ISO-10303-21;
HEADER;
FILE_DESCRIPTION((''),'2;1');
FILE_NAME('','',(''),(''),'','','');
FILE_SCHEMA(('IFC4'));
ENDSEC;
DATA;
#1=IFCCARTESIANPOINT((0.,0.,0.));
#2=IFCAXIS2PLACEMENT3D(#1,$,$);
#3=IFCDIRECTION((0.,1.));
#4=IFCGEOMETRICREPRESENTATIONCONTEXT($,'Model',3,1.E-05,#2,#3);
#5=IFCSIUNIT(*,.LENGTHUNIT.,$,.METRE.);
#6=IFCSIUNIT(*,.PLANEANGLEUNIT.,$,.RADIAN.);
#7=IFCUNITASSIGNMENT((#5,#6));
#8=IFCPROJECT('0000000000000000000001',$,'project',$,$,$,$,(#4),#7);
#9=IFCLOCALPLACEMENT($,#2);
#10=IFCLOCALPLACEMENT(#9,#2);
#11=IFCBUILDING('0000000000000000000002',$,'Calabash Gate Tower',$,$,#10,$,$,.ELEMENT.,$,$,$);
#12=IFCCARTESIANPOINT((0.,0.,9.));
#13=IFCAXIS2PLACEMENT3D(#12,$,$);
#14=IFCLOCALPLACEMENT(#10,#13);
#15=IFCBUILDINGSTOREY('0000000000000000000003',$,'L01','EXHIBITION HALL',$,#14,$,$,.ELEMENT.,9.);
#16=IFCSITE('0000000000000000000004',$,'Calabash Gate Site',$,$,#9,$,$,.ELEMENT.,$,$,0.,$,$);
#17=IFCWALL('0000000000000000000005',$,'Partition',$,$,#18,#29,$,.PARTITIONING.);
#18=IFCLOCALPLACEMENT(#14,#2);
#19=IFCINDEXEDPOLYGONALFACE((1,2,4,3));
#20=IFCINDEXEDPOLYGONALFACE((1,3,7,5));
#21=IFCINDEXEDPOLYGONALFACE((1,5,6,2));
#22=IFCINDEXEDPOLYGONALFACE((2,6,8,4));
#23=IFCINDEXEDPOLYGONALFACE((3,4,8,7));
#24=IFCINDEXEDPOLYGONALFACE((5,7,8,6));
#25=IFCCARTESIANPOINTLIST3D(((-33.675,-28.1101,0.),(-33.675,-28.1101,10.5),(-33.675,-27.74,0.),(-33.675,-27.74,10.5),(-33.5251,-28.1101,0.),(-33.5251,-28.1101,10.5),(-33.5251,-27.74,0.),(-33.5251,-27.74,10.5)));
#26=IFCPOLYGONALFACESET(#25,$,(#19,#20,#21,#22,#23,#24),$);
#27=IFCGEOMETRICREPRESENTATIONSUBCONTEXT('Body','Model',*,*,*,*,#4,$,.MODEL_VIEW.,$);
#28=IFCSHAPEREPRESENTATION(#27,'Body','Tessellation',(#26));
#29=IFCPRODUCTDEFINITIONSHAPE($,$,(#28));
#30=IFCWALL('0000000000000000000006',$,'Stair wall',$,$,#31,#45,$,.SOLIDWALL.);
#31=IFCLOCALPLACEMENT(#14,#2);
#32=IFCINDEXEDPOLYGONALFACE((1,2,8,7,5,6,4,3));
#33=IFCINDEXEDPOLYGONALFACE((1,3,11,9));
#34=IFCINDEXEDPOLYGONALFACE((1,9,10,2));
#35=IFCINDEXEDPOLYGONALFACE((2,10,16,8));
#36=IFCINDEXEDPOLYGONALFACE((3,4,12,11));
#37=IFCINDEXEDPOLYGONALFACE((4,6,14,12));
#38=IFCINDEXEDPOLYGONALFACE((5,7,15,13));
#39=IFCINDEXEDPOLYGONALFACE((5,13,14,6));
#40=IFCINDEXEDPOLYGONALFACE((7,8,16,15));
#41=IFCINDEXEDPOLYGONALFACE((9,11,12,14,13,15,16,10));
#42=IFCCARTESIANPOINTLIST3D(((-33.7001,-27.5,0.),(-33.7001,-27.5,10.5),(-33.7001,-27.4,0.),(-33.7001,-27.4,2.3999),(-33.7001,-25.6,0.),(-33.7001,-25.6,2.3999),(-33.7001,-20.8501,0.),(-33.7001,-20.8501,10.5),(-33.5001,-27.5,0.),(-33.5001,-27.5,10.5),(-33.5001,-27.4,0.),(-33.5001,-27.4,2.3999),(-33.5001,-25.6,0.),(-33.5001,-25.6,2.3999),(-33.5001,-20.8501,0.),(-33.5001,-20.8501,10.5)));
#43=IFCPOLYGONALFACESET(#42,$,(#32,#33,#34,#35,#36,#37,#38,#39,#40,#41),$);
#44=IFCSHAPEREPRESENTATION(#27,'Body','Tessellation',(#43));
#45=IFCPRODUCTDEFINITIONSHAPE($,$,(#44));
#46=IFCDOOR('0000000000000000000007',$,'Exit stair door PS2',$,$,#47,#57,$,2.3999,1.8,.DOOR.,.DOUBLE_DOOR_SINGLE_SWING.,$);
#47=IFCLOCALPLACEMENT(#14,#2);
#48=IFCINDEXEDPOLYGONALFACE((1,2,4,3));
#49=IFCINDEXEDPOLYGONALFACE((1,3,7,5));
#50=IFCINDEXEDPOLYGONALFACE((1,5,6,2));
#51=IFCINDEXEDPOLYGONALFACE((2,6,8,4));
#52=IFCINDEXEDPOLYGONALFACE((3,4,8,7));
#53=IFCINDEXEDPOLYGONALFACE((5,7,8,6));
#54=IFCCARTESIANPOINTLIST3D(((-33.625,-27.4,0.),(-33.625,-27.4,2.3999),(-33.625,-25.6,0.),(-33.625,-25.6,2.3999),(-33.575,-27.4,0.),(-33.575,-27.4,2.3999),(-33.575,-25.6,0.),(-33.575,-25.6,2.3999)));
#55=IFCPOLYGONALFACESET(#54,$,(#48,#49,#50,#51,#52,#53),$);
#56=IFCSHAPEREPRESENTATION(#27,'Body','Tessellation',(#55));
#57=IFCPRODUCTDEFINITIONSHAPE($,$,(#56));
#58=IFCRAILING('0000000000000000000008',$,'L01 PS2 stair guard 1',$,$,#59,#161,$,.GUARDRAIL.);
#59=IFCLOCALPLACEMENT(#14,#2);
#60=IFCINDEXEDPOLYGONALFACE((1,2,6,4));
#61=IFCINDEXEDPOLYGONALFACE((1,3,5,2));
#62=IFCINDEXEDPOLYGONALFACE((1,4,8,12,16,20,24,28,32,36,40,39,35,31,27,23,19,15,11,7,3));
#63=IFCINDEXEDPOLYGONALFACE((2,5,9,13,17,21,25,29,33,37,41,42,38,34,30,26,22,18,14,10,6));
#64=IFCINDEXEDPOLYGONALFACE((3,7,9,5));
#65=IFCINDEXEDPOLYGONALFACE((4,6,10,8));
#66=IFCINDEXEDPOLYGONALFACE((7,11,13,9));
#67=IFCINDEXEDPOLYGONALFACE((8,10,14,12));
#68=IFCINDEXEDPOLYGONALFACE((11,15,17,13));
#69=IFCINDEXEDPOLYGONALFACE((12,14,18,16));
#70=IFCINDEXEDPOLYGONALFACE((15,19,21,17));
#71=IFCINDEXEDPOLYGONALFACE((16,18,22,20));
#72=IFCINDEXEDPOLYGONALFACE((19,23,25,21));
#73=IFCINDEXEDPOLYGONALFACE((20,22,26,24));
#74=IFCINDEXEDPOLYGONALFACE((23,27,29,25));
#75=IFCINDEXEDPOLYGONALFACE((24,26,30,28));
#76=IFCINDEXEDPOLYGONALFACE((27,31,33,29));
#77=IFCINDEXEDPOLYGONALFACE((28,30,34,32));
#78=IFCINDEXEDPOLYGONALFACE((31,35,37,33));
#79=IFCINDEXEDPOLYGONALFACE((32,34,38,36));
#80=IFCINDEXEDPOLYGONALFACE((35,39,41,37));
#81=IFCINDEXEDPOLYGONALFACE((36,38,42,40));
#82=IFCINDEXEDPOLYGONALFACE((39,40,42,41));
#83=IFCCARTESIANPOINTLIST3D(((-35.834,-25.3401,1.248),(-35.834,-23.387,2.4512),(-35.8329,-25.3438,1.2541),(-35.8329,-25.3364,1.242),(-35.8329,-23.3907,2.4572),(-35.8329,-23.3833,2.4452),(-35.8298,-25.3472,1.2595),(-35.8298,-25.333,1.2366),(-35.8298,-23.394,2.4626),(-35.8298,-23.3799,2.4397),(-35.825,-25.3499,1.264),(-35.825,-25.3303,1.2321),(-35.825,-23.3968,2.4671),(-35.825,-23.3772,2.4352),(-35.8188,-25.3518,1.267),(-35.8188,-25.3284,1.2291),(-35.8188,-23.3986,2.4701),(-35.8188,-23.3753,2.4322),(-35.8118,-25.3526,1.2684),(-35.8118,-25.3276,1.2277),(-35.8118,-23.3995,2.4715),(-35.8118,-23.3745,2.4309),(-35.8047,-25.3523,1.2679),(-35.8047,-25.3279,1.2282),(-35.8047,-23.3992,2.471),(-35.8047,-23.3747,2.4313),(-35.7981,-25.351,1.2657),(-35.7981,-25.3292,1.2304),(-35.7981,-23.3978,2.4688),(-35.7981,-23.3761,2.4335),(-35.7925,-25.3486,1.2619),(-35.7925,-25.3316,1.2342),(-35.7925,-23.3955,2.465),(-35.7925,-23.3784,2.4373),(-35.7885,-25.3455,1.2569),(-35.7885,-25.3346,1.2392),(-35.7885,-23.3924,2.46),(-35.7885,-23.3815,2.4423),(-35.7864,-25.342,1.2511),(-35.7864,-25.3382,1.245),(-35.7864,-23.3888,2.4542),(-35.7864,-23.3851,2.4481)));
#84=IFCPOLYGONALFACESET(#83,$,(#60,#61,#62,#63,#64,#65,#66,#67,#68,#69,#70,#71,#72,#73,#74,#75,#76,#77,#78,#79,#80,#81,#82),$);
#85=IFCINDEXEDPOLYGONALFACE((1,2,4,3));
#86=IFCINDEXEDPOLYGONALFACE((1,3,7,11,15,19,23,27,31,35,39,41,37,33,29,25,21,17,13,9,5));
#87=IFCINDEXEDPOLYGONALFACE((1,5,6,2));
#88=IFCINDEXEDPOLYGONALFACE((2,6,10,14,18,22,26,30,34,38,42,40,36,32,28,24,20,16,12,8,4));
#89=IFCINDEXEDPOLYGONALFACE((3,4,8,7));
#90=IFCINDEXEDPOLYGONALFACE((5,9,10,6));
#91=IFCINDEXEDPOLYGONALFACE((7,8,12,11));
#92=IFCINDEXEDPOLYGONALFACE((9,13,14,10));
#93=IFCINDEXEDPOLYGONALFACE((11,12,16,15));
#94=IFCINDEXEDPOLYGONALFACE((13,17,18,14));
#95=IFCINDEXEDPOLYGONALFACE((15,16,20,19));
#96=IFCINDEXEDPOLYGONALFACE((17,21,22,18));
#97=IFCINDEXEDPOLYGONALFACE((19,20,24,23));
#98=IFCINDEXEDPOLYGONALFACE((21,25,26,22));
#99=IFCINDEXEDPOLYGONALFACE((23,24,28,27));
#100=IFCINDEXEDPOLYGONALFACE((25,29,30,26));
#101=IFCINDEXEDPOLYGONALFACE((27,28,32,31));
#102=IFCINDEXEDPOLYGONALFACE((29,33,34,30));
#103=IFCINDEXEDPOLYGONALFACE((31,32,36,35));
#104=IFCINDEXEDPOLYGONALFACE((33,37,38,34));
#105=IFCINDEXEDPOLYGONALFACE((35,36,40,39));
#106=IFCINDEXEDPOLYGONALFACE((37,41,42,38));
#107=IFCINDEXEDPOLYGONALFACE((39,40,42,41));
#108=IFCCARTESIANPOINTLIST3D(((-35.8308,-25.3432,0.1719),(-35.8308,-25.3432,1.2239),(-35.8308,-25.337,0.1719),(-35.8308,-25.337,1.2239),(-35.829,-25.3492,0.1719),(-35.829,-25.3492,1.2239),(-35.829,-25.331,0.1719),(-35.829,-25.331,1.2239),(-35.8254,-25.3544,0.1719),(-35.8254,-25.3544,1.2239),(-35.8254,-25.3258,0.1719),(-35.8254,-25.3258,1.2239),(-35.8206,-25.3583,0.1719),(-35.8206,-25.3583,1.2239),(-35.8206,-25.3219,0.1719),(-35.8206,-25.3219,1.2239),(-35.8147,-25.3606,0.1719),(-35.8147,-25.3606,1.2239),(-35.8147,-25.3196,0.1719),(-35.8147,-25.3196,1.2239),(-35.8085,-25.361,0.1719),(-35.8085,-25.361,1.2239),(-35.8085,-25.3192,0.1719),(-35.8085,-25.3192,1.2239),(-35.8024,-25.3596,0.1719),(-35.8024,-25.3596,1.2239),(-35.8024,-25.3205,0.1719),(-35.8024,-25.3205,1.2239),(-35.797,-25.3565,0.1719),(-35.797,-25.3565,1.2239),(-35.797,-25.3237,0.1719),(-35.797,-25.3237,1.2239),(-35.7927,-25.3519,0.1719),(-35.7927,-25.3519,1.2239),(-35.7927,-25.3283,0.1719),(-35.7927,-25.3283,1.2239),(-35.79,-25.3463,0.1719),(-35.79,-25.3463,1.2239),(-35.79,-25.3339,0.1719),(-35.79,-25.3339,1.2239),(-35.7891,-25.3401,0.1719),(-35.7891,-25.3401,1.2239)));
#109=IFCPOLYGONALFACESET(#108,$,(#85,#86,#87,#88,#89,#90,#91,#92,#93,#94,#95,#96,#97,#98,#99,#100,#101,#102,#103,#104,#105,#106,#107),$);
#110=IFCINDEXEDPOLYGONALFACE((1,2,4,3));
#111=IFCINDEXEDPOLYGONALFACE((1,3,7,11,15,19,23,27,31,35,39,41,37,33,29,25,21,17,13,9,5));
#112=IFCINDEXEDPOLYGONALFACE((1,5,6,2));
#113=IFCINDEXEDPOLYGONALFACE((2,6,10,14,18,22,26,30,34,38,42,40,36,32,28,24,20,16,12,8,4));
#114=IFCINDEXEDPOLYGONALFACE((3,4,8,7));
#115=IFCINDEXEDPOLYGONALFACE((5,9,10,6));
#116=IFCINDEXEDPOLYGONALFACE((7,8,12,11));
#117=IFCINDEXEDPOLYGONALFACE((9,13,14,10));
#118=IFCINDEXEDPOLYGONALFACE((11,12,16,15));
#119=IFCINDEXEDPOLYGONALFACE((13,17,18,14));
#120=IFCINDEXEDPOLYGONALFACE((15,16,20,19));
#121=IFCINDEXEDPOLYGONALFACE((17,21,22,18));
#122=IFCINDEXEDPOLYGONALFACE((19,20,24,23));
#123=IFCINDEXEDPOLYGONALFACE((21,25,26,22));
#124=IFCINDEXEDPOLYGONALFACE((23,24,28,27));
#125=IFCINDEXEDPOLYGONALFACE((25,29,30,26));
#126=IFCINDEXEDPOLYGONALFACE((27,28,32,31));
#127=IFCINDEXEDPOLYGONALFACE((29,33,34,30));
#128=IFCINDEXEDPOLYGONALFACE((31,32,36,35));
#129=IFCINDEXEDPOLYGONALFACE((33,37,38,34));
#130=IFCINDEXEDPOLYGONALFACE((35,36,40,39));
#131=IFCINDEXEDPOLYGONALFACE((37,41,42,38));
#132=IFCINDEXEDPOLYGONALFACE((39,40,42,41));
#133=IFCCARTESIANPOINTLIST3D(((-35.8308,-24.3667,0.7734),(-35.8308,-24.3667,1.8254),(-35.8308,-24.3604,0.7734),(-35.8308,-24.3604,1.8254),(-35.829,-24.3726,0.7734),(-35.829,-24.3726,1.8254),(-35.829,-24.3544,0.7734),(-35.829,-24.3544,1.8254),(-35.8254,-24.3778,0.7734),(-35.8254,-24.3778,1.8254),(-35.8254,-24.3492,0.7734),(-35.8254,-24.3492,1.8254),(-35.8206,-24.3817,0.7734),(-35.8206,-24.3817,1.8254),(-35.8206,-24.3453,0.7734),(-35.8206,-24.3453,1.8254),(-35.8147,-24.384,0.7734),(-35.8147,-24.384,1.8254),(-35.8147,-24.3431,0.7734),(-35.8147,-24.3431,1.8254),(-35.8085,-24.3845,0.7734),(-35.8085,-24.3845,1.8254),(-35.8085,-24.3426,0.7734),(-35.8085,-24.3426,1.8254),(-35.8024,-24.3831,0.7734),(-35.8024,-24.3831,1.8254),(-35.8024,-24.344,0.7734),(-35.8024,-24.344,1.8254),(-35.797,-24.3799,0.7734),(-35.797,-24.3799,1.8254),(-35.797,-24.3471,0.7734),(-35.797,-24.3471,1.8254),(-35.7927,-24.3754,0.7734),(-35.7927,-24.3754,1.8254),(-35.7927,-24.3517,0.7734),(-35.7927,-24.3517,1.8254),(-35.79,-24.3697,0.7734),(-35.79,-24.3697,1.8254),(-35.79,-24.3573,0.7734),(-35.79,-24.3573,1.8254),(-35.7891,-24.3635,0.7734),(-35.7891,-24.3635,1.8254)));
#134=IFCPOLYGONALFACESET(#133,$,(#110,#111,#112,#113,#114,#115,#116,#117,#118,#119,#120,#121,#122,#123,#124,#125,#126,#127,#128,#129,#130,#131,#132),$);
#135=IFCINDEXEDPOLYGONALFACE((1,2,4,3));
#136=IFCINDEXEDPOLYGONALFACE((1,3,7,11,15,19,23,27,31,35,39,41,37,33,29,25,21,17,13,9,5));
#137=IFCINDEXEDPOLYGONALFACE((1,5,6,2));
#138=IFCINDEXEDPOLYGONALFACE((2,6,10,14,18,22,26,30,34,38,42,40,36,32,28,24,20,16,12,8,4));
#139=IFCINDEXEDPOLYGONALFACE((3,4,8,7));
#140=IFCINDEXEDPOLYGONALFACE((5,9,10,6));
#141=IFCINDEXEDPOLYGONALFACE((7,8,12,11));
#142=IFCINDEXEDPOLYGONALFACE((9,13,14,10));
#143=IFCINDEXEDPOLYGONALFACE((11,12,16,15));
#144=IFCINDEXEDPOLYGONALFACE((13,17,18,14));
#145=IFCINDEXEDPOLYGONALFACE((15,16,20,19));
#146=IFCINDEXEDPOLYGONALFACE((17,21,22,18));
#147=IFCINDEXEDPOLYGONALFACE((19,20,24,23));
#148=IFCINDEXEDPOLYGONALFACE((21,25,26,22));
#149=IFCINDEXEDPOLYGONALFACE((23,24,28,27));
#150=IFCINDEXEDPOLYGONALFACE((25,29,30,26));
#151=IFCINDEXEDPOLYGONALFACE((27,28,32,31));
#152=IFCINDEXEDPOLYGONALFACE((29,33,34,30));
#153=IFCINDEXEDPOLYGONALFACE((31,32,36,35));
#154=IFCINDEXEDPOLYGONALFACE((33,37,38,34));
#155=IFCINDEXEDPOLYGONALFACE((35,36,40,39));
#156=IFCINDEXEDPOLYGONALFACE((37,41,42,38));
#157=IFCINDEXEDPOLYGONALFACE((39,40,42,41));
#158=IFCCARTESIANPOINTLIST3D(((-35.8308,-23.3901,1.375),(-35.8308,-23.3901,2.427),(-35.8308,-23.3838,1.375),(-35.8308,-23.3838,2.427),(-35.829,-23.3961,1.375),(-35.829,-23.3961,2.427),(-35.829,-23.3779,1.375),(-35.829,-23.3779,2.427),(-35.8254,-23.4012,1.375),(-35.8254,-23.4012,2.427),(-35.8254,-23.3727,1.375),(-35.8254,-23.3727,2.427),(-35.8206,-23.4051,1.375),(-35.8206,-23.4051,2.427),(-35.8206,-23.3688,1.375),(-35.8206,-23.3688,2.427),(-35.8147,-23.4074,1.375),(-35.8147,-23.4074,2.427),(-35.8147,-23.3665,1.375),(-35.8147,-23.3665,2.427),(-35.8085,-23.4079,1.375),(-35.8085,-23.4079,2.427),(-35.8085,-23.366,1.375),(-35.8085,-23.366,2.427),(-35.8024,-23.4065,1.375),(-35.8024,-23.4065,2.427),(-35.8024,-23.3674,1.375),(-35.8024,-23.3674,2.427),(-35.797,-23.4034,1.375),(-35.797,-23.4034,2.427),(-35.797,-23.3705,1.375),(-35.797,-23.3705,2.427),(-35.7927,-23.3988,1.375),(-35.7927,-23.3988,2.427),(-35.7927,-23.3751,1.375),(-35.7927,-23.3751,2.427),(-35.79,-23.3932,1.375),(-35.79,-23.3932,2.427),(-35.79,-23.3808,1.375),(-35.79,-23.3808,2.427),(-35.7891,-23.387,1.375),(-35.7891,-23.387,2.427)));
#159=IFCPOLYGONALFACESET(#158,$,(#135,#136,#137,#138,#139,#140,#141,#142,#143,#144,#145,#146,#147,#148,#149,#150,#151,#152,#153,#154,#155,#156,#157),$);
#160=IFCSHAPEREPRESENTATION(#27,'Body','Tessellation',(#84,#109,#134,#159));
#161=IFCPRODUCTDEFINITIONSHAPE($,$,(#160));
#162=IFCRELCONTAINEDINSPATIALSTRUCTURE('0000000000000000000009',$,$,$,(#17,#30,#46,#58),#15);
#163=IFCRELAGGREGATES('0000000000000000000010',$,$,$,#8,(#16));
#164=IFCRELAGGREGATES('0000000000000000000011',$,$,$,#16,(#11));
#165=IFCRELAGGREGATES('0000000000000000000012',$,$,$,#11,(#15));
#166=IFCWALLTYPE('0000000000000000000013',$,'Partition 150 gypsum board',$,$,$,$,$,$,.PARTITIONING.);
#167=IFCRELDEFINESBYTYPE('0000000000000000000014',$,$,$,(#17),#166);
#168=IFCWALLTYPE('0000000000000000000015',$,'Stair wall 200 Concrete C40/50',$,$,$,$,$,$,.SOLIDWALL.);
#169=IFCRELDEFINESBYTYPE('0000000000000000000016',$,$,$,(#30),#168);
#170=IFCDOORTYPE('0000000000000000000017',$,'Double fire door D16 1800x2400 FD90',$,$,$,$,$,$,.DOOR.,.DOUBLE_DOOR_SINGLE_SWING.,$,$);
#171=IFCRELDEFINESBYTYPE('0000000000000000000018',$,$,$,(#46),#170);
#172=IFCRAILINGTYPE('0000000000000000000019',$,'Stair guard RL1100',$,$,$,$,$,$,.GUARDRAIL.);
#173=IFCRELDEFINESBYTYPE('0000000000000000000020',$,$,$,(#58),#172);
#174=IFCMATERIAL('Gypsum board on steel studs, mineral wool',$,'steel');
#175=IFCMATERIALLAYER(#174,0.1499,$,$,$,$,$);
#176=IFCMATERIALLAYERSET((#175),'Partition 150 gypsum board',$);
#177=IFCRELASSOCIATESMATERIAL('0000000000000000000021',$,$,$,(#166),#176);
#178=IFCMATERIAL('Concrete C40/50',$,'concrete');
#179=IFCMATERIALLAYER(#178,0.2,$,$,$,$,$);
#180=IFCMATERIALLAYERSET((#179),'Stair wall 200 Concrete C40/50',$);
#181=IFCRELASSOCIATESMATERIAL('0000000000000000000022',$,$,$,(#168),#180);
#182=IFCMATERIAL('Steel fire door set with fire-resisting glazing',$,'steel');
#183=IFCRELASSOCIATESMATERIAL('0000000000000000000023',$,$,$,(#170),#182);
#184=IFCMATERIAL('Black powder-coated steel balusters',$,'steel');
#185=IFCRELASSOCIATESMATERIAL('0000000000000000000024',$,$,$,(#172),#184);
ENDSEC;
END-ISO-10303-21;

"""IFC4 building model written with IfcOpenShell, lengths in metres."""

from ifc_helpers import new_model, si_unit, direction, frame, frame_2d, origin, origin_2d, place, context, subcontext, project, spatial, rectangle, circle, extrude, material, layer, layer_set, type_object, element, fill, save


model = new_model("IFC4")

# Units and contexts
model_context = context("Model", 3, precision=1e-05, world=origin(), true_north=direction((0.0, 1.0)))
body_context = subcontext(model_context, "Body", "Model", "MODEL_VIEW")
ifc_project = project(units=[si_unit("LENGTHUNIT", "METRE"), si_unit("PLANEANGLEUNIT", "RADIAN")], contexts=[model_context])

# Site, building, storey
site_placement = place(None, origin())
site = spatial("IfcSite", under=ifc_project, at=site_placement, Name="Calabash Gate Site", CompositionType="ELEMENT", RefElevation=0.0)
building_placement = place(site_placement, origin())
building = spatial("IfcBuilding", under=site, at=building_placement, Name="Calabash Gate Tower", CompositionType="ELEMENT")
storey_placement = place(building_placement, frame((0.0, 0.0, 9.0)))
storey = spatial("IfcBuildingStorey", under=building, at=storey_placement, Name="L01", Description="EXHIBITION HALL", CompositionType="ELEMENT", Elevation=9.0)

# Wall
ifc_material_1 = material(Name="Gypsum board on steel studs, mineral wool", Category="steel")
ifc_layer_1 = layer(ifc_material_1, 0.1499)
ifc_layer_set_1 = layer_set([ifc_layer_1], Name="Partition 150 gypsum board")
wall_type_1 = type_object("IfcWallType", Name="Partition 150 gypsum board", PredefinedType="PARTITIONING", material=ifc_layer_set_1)
wall_1_placement = place(storey_placement, frame((-33.6001, -28.1101, 0.0), z_axis=(0.0, 0.0, 1.0), x_axis=(0.0, 1.0, 0.0)))
element("IfcWall", 1, at=wall_1_placement, inside=storey, type_object=wall_type_1, Name="Partition", PredefinedType="PARTITIONING", context=body_context, shape_type="SweptSolid", body=[
    extrude(rectangle(XDim=0.3701, YDim=0.1499, at=frame_2d((0.1851, 0.0))), origin(), (0.0, 0.0, 1.0), 10.5),
])

# Wall, opening, door
ifc_material_2 = material(Name="Concrete C40/50", Category="concrete")
ifc_layer_2 = layer(ifc_material_2, 0.2)
ifc_layer_set_2 = layer_set([ifc_layer_2], Name="Stair wall 200 Concrete C40/50")
wall_type_2 = type_object("IfcWallType", Name="Stair wall 200 Concrete C40/50", PredefinedType="SOLIDWALL", material=ifc_layer_set_2)
wall_2_placement = place(storey_placement, frame((-33.6001, -27.5, 0.0), z_axis=(0.0, 0.0, 1.0), x_axis=(0.0, 1.0, 0.0)))
wall_2 = element("IfcWall", 2, at=wall_2_placement, inside=storey, type_object=wall_type_2, Name="Stair wall", PredefinedType="SOLIDWALL", context=body_context, shape_type="SweptSolid", body=[
    extrude(rectangle(XDim=6.6499, YDim=0.2, at=frame_2d((3.325, 0.0))), origin(), (0.0, 0.0, 1.0), 10.5),
])
opening_placement = place(wall_2_placement, frame((0.1001, 0.0, 0.0)))
opening = element("IfcOpeningElement", 3, at=opening_placement, cuts=wall_2, PredefinedType="OPENING", context=body_context, shape_type="SweptSolid", body=[
    extrude(rectangle(XDim=1.8, YDim=2.3999, at=frame_2d((0.8999, 1.2))), frame((0.0, 0.1099, 0.0), z_axis=(0.0, -1.0, 0.0), x_axis=(1.0, 0.0, 0.0)), (0.0, 0.0, 1.0), 0.22),
])
ifc_material_3 = material(Name="Steel fire door set with fire-resisting glazing", Category="steel")
door_type = type_object("IfcDoorType", Name="Double fire door D16 1800x2400 FD90", OperationType="DOUBLE_DOOR_SINGLE_SWING", PredefinedType="DOOR", material=ifc_material_3)
door_placement = place(opening_placement, origin())
door = element("IfcDoor", 4, at=door_placement, inside=storey, type_object=door_type, Name="Exit stair door PS2", OperationType="DOUBLE_DOOR_SINGLE_SWING", OverallHeight=2.3999, OverallWidth=1.8, PredefinedType="DOOR", context=body_context, shape_type="SweptSolid", body=[
    extrude(rectangle(XDim=1.8, YDim=2.3999, at=frame_2d((0.8999, 1.2))), frame((0.0, 0.0249, 0.0), z_axis=(0.0, -1.0, 0.0), x_axis=(1.0, 0.0, 0.0)), (0.0, 0.0, 1.0), 0.05),
])
fill(opening, door)

# Railing
ifc_material_4 = material(Name="Black powder-coated steel balusters", Category="steel")
railing_type_1 = type_object("IfcRailingType", Name="Stair guard RL1100", PredefinedType="GUARDRAIL", material=ifc_material_4)
for number, where, name in (
    (5, (-35.8101, -25.3401, 0.1719), "L01 PS2 stair guard 1"),
):
    element("IfcRailing", number, at=place(storey_placement, frame(where)), inside=storey, type_object=railing_type_1, Name=name, PredefinedType="GUARDRAIL", context=body_context, shape_type="SweptSolid", body=[
        extrude(circle(Radius=0.0239, at=origin_2d()), frame((0.0, 0.0, 1.0762), z_axis=(0.0, 0.851424, 0.524477), x_axis=(-1.0, 0.0, 0.0)), (0.0, 0.0, 1.0), 2.2939),
        extrude(circle(Radius=0.021, at=origin_2d()), origin(), (0.0, 0.0, 1.0), 1.052),
        extrude(circle(Radius=0.021, at=origin_2d()), frame((0.0, 0.9766, 0.6016)), (0.0, 0.0, 1.0), 1.052),
        extrude(circle(Radius=0.021, at=origin_2d()), frame((0.0, 1.9531, 1.2031)), (0.0, 0.0, 1.0), 1.052),
    ])

save(model, "model.ifc")
